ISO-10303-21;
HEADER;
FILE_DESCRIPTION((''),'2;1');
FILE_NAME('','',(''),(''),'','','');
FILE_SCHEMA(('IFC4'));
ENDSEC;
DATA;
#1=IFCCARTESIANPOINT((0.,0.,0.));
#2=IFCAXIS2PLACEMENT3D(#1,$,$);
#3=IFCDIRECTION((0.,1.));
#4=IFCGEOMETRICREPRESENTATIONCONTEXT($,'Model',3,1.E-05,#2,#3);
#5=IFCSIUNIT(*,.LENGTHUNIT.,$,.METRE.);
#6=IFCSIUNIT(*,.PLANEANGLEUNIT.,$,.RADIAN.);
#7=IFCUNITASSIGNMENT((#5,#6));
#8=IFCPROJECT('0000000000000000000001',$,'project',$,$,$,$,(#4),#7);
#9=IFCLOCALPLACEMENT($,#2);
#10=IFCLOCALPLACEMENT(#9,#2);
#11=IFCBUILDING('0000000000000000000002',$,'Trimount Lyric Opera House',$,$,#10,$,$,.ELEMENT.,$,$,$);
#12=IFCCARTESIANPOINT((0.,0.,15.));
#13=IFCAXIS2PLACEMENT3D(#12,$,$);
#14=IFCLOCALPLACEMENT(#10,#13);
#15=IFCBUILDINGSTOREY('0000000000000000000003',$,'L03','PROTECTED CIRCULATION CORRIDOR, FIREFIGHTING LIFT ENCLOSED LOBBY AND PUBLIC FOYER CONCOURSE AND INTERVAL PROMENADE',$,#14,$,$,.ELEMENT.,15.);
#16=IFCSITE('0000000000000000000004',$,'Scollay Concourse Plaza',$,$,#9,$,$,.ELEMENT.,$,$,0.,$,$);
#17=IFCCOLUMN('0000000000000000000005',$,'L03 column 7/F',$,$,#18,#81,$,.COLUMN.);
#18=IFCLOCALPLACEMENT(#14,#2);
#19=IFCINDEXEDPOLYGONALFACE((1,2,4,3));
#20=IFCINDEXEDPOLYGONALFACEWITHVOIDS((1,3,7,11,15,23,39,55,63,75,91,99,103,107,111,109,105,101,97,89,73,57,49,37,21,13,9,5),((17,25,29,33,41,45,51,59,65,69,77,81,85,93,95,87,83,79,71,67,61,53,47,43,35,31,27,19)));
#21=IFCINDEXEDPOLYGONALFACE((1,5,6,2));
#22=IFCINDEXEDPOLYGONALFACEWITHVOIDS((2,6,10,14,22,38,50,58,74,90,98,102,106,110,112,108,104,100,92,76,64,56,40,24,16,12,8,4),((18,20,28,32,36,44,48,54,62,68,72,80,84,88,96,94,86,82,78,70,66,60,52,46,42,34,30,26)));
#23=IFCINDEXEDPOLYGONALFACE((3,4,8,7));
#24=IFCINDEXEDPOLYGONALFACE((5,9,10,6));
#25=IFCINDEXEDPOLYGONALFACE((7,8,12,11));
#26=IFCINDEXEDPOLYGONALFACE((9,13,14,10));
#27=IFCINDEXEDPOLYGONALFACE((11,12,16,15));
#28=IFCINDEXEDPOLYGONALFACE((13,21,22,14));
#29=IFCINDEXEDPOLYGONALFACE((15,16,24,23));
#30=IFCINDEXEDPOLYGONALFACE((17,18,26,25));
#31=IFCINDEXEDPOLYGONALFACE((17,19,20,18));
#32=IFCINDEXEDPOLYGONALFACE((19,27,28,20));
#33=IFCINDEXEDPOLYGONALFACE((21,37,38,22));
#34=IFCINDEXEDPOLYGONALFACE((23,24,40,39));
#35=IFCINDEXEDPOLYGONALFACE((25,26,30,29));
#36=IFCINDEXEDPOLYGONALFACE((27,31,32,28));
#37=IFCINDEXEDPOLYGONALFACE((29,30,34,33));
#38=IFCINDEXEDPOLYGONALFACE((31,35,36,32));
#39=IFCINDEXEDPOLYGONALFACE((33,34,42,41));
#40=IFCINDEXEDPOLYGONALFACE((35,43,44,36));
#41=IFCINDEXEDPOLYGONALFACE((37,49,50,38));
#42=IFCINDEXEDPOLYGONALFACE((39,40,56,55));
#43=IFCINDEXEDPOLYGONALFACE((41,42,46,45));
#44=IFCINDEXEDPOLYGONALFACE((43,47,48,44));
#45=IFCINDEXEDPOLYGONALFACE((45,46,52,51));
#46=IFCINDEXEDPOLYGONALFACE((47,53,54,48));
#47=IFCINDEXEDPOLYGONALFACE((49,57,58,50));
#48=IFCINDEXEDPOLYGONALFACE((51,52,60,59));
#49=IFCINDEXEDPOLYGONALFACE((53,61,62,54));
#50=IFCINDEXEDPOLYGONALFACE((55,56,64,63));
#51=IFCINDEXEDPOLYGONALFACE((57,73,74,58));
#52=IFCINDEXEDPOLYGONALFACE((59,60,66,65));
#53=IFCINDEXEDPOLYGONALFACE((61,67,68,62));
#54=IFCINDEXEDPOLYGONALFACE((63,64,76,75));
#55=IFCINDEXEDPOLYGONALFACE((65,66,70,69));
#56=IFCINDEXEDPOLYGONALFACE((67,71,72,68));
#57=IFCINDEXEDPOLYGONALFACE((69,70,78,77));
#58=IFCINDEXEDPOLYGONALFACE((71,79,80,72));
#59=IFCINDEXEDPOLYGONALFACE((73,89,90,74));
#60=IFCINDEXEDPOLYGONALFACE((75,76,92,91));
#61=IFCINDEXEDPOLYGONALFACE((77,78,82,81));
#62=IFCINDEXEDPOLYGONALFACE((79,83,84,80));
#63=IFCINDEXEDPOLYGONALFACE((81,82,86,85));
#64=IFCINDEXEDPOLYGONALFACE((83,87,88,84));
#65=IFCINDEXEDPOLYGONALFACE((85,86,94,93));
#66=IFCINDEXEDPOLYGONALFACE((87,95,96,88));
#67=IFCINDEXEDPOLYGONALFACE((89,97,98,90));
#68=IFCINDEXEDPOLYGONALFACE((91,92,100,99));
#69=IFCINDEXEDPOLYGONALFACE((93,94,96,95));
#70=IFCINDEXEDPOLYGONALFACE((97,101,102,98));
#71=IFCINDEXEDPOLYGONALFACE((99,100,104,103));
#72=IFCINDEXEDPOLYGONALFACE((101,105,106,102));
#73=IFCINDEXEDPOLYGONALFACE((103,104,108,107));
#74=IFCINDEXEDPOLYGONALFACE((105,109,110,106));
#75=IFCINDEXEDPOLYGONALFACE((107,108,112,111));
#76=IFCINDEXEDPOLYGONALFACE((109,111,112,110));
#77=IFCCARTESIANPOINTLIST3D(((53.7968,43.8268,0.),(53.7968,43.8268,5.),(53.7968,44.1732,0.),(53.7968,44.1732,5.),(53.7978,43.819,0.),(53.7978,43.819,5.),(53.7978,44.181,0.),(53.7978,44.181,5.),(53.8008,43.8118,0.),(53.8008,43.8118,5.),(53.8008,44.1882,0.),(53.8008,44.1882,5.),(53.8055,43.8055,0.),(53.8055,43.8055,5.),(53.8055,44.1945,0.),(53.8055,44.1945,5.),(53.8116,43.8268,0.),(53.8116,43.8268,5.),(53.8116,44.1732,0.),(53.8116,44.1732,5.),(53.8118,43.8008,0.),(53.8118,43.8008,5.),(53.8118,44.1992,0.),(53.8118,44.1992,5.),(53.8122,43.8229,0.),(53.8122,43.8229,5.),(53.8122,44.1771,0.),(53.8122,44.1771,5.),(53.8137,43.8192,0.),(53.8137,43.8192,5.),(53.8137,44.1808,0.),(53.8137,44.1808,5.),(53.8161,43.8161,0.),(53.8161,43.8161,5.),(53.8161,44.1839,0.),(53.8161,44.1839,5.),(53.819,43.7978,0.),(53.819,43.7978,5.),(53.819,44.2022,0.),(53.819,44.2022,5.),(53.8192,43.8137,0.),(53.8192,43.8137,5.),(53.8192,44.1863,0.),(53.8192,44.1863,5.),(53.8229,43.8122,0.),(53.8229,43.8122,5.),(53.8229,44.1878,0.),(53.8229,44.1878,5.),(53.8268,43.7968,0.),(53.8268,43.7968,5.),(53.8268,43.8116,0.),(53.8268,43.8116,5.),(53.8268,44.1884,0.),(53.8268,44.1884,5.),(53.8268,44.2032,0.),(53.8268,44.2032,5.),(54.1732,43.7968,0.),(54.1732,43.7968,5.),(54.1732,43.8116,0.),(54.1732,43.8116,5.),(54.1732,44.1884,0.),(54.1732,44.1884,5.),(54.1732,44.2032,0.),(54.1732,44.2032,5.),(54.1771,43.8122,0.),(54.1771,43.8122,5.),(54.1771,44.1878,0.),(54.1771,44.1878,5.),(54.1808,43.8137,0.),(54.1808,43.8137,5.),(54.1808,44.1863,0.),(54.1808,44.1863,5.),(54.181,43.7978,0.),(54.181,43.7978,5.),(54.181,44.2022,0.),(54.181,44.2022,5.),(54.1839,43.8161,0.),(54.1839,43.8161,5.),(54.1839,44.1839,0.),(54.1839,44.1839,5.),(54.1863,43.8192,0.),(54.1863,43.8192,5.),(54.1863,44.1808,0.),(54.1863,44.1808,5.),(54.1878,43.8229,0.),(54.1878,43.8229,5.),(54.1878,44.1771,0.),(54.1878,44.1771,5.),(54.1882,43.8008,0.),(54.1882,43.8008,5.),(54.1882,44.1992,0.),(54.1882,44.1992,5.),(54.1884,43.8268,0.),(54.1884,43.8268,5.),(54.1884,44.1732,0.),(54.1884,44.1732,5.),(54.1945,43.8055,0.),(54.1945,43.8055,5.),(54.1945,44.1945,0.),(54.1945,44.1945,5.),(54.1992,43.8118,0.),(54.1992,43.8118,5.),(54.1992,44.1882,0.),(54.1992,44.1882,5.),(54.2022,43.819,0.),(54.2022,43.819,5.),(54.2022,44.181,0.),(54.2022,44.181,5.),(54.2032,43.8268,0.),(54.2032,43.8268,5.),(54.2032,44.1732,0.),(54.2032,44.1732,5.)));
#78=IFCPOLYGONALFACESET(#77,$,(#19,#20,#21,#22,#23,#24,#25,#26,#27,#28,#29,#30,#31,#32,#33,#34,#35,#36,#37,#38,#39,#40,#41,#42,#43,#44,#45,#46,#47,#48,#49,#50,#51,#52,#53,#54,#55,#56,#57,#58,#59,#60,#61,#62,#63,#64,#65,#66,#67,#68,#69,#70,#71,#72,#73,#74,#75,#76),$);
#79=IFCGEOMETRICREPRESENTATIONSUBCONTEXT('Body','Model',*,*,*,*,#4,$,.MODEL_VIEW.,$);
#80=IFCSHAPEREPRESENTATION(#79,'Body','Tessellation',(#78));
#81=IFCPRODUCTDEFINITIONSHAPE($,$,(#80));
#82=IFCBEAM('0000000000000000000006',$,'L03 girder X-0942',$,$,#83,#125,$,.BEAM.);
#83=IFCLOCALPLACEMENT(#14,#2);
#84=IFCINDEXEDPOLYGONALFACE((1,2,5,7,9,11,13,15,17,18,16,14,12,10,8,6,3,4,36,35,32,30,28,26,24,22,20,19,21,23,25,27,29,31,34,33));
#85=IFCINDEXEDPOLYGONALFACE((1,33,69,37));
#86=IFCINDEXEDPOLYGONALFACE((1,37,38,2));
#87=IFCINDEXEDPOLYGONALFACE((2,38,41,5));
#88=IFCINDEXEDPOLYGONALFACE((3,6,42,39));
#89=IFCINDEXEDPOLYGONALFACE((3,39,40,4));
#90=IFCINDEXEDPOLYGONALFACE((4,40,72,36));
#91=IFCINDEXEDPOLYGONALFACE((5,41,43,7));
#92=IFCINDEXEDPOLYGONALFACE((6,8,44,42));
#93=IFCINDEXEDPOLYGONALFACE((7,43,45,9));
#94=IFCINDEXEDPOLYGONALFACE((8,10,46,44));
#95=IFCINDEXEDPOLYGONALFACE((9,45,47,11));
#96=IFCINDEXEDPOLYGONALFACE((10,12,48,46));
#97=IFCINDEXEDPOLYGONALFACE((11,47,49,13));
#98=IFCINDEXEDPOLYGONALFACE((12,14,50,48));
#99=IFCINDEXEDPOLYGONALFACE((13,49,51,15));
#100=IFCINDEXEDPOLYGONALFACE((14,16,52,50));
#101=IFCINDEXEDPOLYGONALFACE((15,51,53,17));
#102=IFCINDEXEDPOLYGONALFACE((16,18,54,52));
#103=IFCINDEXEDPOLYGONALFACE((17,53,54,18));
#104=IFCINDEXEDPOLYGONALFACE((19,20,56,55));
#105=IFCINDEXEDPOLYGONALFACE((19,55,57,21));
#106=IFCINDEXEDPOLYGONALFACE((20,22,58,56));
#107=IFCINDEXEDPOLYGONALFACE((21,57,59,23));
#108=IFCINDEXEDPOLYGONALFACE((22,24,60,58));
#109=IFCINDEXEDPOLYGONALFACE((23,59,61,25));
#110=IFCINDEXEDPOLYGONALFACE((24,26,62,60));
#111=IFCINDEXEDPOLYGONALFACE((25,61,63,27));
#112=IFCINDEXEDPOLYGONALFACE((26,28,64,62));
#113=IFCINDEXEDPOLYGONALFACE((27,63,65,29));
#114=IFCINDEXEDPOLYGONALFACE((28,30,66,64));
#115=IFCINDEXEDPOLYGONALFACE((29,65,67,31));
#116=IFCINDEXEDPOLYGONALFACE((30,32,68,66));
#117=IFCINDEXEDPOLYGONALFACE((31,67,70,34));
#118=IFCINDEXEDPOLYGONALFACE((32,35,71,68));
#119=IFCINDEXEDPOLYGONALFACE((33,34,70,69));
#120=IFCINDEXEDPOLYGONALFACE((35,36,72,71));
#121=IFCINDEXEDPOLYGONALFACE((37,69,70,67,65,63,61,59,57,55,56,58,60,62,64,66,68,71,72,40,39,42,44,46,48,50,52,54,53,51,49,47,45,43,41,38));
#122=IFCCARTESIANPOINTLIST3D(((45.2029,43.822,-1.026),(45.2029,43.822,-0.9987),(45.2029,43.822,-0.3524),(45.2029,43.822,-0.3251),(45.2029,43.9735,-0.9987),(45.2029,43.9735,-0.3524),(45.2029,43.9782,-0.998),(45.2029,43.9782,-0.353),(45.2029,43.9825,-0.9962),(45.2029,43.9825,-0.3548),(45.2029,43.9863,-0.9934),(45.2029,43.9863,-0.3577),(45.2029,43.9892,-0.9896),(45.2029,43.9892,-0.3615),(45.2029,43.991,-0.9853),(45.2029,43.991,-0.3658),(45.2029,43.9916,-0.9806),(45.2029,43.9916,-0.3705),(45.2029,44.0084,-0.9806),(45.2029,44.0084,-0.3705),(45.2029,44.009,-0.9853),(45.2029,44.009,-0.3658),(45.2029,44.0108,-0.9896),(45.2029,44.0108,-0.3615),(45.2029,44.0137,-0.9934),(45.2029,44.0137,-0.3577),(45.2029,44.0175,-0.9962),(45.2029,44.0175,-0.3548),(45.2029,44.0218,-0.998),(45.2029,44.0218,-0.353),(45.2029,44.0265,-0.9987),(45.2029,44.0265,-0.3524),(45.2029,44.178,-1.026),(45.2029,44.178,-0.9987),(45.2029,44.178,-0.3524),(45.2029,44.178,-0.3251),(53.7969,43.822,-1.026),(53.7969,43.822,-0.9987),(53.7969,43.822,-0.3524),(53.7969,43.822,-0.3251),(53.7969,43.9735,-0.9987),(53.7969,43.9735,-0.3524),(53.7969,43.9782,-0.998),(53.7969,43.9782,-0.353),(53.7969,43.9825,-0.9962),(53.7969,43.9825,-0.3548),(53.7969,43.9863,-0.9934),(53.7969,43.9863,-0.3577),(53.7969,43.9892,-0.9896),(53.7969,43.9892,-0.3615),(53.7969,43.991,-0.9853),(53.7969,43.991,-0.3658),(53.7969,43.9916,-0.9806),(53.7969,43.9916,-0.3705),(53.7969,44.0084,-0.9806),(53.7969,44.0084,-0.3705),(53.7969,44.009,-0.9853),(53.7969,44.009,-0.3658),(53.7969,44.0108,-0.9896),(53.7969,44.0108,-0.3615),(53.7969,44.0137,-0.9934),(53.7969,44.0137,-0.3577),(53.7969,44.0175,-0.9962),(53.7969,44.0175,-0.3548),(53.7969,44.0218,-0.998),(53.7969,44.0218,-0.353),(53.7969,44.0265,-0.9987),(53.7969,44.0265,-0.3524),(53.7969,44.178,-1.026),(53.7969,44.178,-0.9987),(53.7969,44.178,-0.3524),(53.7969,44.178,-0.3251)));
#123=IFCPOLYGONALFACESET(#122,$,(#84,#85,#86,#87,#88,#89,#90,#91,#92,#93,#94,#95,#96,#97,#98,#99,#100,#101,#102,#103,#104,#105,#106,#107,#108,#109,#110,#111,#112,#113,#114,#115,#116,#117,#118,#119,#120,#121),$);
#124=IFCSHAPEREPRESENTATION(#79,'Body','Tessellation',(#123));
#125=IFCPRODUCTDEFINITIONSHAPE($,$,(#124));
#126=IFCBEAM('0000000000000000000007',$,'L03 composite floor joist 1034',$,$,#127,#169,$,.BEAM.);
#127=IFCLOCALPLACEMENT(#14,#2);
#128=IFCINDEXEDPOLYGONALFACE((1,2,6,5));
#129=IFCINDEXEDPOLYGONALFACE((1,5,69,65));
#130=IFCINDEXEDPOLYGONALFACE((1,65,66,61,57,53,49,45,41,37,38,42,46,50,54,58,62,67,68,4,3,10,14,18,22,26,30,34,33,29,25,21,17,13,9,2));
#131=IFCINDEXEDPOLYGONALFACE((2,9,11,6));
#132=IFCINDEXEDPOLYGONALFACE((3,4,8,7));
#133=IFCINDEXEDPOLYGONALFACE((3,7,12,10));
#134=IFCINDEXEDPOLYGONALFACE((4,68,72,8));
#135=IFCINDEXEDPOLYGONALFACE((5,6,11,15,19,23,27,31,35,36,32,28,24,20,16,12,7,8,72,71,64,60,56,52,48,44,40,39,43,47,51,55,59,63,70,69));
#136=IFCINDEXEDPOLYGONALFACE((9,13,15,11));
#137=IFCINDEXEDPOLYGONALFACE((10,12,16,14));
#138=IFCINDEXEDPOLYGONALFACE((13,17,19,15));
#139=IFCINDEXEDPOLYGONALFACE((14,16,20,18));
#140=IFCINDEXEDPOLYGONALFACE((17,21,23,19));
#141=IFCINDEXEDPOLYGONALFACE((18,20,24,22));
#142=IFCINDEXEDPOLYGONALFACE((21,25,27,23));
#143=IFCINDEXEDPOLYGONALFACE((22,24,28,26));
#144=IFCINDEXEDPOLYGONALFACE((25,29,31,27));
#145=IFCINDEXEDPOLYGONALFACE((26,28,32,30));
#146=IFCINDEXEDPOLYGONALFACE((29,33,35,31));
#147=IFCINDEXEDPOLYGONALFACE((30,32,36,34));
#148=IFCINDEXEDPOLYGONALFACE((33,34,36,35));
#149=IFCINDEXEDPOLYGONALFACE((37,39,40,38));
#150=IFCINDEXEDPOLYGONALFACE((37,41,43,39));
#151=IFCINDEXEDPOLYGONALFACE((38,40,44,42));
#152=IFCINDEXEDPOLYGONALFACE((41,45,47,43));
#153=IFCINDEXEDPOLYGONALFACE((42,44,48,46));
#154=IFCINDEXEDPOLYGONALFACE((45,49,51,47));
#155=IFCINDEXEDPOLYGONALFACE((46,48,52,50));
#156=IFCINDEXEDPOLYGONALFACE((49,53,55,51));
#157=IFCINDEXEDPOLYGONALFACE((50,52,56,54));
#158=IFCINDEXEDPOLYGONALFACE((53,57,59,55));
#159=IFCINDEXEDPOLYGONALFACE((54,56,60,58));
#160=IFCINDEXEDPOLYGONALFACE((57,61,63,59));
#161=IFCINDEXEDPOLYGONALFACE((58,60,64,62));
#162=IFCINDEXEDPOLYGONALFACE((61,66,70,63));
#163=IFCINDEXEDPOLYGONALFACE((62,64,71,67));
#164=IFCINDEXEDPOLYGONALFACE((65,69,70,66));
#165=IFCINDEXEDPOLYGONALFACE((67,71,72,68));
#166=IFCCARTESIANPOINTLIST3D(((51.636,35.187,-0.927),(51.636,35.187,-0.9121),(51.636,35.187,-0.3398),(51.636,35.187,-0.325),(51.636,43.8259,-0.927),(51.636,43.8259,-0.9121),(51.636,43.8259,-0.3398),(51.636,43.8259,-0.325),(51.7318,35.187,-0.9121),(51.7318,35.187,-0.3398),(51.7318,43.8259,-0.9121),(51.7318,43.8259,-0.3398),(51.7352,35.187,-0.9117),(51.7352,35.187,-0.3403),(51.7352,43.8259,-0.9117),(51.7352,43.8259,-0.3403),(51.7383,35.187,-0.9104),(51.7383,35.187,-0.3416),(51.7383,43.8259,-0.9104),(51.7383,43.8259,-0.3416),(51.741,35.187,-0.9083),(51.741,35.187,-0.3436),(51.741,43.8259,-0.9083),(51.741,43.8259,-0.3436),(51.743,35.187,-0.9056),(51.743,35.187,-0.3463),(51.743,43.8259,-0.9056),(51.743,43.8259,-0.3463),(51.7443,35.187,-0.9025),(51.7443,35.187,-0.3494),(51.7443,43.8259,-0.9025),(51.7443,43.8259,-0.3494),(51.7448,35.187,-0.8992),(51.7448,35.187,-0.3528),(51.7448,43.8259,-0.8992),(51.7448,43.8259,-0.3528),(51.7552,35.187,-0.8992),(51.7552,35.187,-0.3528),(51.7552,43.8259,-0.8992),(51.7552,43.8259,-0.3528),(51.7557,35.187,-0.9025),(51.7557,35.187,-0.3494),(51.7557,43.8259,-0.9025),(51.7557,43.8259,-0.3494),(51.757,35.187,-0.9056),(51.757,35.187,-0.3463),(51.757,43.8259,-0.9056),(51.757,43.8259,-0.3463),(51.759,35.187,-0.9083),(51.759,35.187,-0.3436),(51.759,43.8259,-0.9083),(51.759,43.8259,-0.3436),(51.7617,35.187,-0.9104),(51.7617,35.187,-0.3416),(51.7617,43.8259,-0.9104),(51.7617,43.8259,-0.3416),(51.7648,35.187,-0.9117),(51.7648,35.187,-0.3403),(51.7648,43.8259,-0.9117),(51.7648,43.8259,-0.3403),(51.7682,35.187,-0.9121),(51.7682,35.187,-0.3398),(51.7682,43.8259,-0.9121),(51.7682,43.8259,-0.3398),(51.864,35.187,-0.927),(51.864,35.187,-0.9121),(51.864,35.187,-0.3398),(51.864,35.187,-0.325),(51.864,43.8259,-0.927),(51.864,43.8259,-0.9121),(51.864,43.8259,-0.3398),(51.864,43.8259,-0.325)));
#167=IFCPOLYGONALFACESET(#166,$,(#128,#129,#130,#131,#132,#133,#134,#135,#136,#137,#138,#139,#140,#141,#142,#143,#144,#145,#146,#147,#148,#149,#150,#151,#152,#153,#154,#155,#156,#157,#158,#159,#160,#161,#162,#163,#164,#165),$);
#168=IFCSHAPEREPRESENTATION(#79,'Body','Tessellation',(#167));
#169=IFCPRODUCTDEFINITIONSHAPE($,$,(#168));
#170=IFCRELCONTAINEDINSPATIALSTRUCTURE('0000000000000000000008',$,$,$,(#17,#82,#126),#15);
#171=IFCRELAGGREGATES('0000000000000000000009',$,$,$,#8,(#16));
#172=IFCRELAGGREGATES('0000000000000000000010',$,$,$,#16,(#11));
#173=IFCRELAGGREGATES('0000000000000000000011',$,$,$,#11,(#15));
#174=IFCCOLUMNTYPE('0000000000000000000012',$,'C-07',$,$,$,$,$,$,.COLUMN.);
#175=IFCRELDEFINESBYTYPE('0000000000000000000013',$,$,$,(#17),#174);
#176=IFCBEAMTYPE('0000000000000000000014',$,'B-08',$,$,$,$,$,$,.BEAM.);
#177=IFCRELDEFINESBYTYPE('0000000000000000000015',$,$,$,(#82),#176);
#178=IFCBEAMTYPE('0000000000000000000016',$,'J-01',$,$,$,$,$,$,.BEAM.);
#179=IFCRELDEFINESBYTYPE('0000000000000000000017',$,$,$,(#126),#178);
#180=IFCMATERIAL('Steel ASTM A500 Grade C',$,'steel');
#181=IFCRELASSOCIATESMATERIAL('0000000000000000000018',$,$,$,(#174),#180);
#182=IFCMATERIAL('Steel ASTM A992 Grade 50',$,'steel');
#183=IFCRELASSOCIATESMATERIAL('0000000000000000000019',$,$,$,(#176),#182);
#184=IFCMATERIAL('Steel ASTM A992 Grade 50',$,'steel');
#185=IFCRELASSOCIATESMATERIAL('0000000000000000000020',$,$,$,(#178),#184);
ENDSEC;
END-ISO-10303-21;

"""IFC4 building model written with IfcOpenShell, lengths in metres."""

from ifc_helpers import new_model, si_unit, direction, frame, origin, origin_2d, place, context, subcontext, project, spatial, hollow_rectangle, i_section, extrude, material, material_profile, profile_set, type_object, element, save


model = new_model("IFC4")

# Units and contexts
model_context = context("Model", 3, precision=1e-05, world=origin(), true_north=direction((0.0, 1.0)))
body_context = subcontext(model_context, "Body", "Model", "MODEL_VIEW")
ifc_project = project(units=[si_unit("LENGTHUNIT", "METRE"), si_unit("PLANEANGLEUNIT", "RADIAN")], contexts=[model_context])

# Site, building, storey
site_placement = place(None, origin())
site = spatial("IfcSite", under=ifc_project, at=site_placement, Name="Scollay Concourse Plaza", CompositionType="ELEMENT", RefElevation=0.0)
building_placement = place(site_placement, origin())
building = spatial("IfcBuilding", under=site, at=building_placement, Name="Trimount Lyric Opera House", CompositionType="ELEMENT")
storey_placement = place(building_placement, frame((0.0, 0.0, 15.0)))
storey = spatial("IfcBuildingStorey", under=building, at=storey_placement, Name="L03", Description="PROTECTED CIRCULATION CORRIDOR, FIREFIGHTING LIFT ENCLOSED LOBBY AND PUBLIC FOYER CONCOURSE AND INTERVAL PROMENADE", CompositionType="ELEMENT", Elevation=15.0)

# Column
ifc_material_1 = material(Name="Steel ASTM A500 Grade C", Category="steel")
ifc_material_profile_1 = material_profile(ifc_material_1, hollow_rectangle(XDim=0.4065, YDim=0.4065, WallThickness=0.0149, InnerFilletRadius=0.0151, OuterFilletRadius=0.03, at=origin_2d()), Name="HSS406.4X406.4X15.9")
ifc_profile_set_1 = profile_set([ifc_material_profile_1], Name="Steel ASTM A500 Grade C")
column_type_1 = type_object("IfcColumnType", Name="C-07", PredefinedType="COLUMN", material=ifc_profile_set_1)
column_1_placement = place(storey_placement, frame((54.0, 44.0, 0.0), z_axis=(0.0, 0.0, 1.0), x_axis=(1.0, 0.0, 0.0)))
element("IfcColumn", 1, at=column_1_placement, inside=storey, type_object=column_type_1, Name="L03 column 7/F", PredefinedType="COLUMN", context=body_context, shape_type="SweptSolid", body=[
    extrude(hollow_rectangle(XDim=0.4065, YDim=0.4065, WallThickness=0.0149, InnerFilletRadius=0.0151, OuterFilletRadius=0.03, at=origin_2d()), origin(), (0.0, 0.0, 1.0), 5.0),
])

# Beams
ifc_material_2 = material(Name="Steel ASTM A992 Grade 50", Category="steel")
ifc_material_profile_2 = material_profile(ifc_material_2, i_section(OverallWidth=0.356, OverallDepth=0.7009, WebThickness=0.0168, FlangeThickness=0.0273, FilletRadius=0.0181, at=origin_2d()), Name="W27X161")
ifc_profile_set_2 = profile_set([ifc_material_profile_2], Name="Steel ASTM A992 Grade 50")
beam_type_1 = type_object("IfcBeamType", Name="B-08", PredefinedType="BEAM", material=ifc_profile_set_2)
beam_1_placement = place(storey_placement, frame((45.2029, 44.0, -0.6755), z_axis=(1.0, 0.0, 0.0), x_axis=(0.0, 1.0, 0.0)))
element("IfcBeam", 2, at=beam_1_placement, inside=storey, type_object=beam_type_1, Name="L03 girder X-0942", PredefinedType="BEAM", context=body_context, shape_type="SweptSolid", body=[
    extrude(i_section(OverallWidth=0.356, OverallDepth=0.7009, WebThickness=0.0168, FlangeThickness=0.0273, FilletRadius=0.0181, at=origin_2d()), origin(), (0.0, 0.0, 1.0), 8.594),
])
ifc_material_3 = material(Name="Steel ASTM A992 Grade 50", Category="steel")
ifc_material_profile_3 = material_profile(ifc_material_3, i_section(OverallWidth=0.228, OverallDepth=0.6021, WebThickness=0.0105, FlangeThickness=0.0149, FilletRadius=0.0129, at=origin_2d()), Name="W24X68")
ifc_profile_set_3 = profile_set([ifc_material_profile_3], Name="Steel ASTM A992 Grade 50")
beam_type_2 = type_object("IfcBeamType", Name="J-01", PredefinedType="BEAM", material=ifc_profile_set_3)
beam_2_placement = place(storey_placement, frame((51.75, 35.187, -0.626), z_axis=(0.0, 1.0, 0.0), x_axis=(-1.0, 0.0, 0.0)))
element("IfcBeam", 3, at=beam_2_placement, inside=storey, type_object=beam_type_2, Name="L03 composite floor joist 1034", PredefinedType="BEAM", context=body_context, shape_type="SweptSolid", body=[
    extrude(i_section(OverallWidth=0.228, OverallDepth=0.6021, WebThickness=0.0105, FlangeThickness=0.0149, FilletRadius=0.0129, at=origin_2d()), origin(), (0.0, 0.0, 1.0), 8.6389),
])

save(model, "model.ifc")
